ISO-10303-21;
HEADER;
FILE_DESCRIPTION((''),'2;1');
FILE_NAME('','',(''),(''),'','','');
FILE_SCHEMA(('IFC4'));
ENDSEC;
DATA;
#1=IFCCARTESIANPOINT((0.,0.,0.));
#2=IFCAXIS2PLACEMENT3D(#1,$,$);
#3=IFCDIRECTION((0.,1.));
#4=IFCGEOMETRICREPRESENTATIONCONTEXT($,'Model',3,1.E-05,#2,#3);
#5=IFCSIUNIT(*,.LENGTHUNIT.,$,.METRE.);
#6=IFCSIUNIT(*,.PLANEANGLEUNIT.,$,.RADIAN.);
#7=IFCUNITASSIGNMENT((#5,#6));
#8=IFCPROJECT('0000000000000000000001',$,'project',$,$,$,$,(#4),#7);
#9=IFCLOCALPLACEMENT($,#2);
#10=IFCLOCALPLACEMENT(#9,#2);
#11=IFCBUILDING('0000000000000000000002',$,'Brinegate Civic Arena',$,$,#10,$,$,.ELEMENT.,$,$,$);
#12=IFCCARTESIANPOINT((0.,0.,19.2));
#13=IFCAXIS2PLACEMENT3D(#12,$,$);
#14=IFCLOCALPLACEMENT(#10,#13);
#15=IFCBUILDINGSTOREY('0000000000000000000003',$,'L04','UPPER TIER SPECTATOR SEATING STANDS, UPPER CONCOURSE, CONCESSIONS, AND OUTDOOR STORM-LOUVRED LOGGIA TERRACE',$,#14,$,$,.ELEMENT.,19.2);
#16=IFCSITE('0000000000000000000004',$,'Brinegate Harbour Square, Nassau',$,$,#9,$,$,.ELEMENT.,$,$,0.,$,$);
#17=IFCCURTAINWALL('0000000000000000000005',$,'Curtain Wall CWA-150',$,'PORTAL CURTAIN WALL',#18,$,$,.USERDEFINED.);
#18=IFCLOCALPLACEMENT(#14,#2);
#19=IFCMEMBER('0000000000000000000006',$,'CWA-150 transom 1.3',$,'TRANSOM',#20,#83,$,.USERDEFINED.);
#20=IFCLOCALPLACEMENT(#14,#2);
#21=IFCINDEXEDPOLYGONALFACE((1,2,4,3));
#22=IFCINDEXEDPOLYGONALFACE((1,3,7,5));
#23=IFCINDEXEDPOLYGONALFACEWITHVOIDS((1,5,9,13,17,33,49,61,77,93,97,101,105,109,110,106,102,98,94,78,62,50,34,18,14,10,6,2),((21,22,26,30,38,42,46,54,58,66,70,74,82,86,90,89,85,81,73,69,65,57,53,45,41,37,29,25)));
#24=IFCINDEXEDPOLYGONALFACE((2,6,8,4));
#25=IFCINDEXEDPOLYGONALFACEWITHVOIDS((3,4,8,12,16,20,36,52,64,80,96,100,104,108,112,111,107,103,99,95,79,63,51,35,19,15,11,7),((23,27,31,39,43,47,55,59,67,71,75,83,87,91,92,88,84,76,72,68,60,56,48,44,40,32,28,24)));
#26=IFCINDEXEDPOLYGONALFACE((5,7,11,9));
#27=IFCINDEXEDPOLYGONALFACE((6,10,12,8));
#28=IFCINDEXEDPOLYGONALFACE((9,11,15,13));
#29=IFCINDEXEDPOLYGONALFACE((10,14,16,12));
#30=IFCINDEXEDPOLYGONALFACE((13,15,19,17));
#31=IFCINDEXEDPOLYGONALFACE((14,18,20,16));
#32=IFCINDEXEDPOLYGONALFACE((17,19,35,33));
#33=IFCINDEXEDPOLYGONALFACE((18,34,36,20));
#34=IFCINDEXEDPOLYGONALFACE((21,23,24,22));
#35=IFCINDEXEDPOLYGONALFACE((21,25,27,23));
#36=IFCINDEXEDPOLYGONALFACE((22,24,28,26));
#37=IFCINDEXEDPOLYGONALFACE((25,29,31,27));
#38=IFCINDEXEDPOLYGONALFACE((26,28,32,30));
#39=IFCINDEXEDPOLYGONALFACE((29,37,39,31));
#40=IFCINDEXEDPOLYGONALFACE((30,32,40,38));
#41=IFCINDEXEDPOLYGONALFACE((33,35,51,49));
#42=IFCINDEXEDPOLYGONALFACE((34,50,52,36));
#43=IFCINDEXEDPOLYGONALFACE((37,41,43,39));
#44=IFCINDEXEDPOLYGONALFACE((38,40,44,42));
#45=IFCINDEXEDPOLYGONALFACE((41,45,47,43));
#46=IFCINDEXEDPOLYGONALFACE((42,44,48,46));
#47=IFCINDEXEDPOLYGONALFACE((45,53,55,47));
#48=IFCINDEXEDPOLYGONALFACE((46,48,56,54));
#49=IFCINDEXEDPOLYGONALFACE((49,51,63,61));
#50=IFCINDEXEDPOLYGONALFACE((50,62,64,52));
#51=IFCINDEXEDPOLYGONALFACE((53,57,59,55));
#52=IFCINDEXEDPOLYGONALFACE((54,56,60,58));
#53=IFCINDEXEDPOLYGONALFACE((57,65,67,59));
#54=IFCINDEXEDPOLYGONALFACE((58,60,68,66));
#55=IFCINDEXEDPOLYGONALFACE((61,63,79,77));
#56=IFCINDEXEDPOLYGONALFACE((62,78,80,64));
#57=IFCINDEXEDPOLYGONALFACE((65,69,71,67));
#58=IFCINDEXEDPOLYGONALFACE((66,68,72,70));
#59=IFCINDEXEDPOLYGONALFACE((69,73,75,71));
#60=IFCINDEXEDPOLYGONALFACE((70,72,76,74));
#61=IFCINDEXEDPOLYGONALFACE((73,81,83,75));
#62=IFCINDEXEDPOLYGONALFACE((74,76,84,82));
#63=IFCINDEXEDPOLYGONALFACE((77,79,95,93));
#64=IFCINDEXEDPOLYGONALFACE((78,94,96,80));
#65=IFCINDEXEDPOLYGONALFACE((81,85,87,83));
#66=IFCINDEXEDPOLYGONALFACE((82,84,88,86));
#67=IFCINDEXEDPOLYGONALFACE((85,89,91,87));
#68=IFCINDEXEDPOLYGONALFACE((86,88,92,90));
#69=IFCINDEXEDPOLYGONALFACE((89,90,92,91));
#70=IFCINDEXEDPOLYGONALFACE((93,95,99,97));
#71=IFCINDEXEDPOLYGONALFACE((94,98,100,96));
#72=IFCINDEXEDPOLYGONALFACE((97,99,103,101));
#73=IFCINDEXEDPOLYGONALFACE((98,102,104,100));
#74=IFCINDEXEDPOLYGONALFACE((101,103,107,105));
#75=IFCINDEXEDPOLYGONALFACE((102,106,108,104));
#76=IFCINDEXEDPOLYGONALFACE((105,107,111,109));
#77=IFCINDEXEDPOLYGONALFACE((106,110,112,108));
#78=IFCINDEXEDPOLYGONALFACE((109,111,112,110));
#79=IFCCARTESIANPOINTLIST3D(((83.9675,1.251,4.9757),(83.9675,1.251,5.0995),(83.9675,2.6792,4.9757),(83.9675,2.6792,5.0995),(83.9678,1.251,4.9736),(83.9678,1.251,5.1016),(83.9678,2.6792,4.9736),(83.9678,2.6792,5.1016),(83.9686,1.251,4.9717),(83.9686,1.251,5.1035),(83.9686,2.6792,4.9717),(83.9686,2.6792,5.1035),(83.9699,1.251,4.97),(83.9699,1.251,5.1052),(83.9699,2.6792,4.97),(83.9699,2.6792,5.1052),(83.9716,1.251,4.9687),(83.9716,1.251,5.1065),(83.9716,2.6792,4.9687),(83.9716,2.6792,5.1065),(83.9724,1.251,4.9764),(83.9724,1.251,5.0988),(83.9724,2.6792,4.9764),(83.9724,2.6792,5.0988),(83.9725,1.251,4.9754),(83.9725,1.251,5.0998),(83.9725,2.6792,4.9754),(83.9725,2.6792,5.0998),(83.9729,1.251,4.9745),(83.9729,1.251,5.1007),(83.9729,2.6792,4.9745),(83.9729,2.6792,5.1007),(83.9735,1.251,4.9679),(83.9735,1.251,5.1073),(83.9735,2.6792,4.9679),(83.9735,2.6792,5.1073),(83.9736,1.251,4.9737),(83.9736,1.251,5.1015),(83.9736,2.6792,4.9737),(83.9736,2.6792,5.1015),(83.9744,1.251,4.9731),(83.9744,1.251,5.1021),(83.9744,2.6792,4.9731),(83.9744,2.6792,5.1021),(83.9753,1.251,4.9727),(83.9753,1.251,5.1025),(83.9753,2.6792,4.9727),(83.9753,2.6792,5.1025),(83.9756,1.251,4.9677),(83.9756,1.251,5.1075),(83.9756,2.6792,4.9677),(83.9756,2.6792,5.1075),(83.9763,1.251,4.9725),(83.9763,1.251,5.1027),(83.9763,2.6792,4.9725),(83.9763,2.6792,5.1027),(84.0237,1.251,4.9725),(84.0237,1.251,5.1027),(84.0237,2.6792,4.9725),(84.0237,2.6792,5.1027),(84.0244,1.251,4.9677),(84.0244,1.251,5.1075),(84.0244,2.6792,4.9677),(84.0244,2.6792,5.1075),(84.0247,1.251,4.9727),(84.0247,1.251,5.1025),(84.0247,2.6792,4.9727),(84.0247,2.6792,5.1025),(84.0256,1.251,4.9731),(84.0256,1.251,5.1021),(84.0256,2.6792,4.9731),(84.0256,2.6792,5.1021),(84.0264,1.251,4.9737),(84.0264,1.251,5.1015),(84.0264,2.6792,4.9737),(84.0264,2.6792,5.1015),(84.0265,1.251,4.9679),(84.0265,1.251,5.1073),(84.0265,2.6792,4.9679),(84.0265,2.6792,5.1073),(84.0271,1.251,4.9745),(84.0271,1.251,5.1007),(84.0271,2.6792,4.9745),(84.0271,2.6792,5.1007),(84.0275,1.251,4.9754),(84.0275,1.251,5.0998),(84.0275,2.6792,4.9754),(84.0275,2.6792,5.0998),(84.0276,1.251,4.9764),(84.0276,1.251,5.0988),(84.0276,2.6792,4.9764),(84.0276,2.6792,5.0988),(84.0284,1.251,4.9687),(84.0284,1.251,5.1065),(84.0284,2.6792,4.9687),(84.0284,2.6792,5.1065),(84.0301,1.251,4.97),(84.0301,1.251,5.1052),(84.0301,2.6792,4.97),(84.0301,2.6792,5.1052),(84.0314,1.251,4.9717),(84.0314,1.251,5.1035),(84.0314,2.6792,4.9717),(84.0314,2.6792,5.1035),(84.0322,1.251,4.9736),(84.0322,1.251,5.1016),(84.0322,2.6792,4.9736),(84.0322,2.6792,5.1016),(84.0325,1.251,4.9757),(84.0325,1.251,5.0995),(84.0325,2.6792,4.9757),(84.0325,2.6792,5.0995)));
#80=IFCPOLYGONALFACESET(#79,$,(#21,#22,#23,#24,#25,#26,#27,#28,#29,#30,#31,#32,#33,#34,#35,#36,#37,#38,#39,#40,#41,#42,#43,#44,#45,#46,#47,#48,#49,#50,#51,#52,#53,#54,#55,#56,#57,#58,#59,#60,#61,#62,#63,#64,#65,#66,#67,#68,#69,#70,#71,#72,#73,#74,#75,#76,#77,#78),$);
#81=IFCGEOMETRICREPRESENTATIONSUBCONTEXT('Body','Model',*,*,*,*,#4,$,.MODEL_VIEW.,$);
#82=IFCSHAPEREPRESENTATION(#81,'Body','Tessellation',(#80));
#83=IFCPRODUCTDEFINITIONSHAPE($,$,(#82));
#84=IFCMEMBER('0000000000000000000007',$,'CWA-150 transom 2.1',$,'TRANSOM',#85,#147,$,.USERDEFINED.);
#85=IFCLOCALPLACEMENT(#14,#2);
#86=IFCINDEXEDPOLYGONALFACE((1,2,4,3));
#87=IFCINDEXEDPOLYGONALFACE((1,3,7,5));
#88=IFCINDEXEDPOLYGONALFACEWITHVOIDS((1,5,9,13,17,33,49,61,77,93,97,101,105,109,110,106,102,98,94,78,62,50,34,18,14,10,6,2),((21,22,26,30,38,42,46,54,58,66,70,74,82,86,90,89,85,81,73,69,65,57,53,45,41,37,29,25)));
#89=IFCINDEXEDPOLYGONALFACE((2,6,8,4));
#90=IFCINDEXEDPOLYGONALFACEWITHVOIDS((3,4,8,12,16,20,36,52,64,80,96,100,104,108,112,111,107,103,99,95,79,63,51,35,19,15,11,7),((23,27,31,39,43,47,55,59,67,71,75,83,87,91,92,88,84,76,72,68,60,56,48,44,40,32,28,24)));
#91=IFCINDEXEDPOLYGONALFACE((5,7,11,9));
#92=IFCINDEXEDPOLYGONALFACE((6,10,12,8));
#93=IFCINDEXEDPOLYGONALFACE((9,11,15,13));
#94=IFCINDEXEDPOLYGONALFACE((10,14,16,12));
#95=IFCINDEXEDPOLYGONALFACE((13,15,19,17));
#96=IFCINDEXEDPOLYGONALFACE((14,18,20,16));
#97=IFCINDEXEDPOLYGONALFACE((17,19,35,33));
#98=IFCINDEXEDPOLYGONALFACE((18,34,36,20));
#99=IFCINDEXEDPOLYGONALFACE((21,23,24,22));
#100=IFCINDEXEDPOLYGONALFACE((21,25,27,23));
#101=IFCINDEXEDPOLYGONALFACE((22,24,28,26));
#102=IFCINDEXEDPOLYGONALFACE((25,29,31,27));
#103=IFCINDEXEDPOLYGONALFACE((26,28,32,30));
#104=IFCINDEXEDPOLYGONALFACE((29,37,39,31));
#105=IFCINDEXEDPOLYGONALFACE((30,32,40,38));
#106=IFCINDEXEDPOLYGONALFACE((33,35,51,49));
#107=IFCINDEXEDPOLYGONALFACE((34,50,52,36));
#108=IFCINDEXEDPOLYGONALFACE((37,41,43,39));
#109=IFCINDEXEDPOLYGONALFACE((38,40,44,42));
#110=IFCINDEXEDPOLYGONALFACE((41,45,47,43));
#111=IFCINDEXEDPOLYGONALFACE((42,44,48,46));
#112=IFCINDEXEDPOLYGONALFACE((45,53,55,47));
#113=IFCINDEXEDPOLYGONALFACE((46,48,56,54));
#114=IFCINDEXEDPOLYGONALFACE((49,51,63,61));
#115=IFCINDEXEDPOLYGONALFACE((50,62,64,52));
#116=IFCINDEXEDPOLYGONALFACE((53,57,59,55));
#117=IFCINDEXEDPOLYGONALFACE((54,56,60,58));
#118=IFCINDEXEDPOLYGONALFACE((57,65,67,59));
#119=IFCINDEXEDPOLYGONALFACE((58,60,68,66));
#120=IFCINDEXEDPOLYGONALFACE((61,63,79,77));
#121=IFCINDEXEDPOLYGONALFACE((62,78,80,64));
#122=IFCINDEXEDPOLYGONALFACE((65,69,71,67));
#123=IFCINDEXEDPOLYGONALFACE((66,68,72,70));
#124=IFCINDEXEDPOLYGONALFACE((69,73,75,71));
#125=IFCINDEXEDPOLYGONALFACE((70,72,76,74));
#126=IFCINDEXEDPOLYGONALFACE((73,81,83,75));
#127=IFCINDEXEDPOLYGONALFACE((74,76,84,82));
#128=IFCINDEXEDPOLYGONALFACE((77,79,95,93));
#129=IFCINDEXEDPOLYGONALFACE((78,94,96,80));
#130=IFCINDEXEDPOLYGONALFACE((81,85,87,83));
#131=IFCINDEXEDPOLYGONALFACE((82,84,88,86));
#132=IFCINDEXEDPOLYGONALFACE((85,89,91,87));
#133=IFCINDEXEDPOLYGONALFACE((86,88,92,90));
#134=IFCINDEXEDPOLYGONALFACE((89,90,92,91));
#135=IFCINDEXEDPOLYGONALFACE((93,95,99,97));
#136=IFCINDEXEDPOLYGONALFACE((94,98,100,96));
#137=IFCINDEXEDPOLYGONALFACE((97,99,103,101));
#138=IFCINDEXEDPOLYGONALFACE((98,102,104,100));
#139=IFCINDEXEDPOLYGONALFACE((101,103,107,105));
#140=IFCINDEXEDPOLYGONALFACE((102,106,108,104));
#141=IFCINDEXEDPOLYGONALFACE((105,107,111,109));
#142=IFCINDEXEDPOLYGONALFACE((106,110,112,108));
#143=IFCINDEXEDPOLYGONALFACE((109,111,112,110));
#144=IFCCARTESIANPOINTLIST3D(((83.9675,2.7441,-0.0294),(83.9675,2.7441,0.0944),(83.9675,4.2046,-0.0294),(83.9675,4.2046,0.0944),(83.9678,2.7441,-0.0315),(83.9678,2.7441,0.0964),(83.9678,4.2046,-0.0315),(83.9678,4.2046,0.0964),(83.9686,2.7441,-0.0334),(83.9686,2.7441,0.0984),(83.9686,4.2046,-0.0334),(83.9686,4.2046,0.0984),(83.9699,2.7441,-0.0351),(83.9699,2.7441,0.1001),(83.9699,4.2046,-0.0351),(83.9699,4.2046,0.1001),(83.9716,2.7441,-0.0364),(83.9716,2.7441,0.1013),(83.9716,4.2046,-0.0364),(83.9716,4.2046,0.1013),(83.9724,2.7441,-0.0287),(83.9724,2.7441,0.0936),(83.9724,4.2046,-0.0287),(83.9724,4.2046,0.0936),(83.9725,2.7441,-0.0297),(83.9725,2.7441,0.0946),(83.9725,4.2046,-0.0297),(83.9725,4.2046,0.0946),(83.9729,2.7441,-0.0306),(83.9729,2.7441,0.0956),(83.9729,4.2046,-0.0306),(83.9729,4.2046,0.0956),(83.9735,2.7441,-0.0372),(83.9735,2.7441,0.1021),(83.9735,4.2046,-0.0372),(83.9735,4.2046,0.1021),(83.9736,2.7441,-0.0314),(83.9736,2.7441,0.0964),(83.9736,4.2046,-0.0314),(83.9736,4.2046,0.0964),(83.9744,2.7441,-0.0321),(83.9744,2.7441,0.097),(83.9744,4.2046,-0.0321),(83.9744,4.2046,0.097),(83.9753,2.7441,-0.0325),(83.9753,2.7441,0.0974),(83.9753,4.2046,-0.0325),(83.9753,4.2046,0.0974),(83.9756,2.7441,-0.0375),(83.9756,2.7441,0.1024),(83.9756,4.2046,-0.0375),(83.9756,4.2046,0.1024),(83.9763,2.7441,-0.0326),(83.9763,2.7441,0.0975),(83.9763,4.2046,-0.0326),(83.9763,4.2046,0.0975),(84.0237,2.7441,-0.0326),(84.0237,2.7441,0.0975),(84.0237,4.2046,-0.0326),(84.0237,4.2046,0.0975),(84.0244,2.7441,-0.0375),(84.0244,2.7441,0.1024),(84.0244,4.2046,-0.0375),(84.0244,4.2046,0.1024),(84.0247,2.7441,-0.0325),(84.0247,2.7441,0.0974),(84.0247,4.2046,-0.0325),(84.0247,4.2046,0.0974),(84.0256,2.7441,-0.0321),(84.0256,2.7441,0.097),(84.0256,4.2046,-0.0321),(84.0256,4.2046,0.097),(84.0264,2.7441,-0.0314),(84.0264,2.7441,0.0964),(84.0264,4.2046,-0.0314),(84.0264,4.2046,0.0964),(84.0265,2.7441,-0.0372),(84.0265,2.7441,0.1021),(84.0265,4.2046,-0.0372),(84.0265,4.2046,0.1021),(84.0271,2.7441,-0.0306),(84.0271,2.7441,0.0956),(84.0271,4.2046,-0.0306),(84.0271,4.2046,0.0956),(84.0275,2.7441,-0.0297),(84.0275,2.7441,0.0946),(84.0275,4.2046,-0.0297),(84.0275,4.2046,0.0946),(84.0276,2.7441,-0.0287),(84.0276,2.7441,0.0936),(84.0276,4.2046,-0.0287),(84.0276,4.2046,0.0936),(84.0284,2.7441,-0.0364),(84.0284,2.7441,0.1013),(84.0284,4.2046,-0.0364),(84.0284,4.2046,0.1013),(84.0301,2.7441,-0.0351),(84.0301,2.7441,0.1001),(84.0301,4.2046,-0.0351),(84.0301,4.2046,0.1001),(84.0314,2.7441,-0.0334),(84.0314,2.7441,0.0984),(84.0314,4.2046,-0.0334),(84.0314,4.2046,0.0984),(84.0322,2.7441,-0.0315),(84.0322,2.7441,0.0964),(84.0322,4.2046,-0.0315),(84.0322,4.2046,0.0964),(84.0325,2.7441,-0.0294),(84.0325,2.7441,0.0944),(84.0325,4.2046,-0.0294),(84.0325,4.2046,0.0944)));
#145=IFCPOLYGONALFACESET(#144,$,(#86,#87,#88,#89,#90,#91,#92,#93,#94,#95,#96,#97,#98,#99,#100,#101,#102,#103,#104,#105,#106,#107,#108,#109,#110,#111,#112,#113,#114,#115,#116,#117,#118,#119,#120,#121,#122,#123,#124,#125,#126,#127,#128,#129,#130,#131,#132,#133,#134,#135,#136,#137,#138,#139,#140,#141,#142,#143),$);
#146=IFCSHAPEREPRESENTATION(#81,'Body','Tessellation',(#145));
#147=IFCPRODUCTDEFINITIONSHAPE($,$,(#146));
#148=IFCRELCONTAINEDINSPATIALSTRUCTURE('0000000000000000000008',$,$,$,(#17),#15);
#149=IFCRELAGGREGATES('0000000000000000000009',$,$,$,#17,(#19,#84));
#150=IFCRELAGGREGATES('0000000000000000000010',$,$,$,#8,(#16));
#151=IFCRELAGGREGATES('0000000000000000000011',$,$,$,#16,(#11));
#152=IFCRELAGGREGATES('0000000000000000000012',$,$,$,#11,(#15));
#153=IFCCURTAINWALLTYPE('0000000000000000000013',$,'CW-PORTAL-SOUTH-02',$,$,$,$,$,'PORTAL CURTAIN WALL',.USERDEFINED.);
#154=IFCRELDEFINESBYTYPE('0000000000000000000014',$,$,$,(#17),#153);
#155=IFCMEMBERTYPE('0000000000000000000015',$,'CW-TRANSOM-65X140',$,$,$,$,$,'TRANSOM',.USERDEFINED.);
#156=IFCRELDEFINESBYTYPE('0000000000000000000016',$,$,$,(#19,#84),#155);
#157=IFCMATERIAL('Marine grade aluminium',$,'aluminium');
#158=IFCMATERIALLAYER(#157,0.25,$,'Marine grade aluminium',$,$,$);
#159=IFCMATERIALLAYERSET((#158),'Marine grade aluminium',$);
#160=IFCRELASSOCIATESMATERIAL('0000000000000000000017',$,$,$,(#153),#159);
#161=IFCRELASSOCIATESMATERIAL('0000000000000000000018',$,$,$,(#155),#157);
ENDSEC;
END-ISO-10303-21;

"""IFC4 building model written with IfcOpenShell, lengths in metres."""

from ifc_helpers import new_model, si_unit, direction, frame, origin, origin_2d, place, context, subcontext, project, spatial, hollow_rectangle, extrude, material, layer, layer_set, material_profile, profile_set, type_object, element, aggregate, save


model = new_model("IFC4")

# Units and contexts
model_context = context("Model", 3, precision=1e-05, world=origin(), true_north=direction((0.0, 1.0)))
body_context = subcontext(model_context, "Body", "Model", "MODEL_VIEW")
ifc_project = project(units=[si_unit("LENGTHUNIT", "METRE"), si_unit("PLANEANGLEUNIT", "RADIAN")], contexts=[model_context])

# Site, building, storey
site_placement = place(None, origin())
site = spatial("IfcSite", under=ifc_project, at=site_placement, Name="Brinegate Harbour Square, Nassau", CompositionType="ELEMENT", RefElevation=0.0)
building_placement = place(site_placement, origin())
building = spatial("IfcBuilding", under=site, at=building_placement, Name="Brinegate Civic Arena", CompositionType="ELEMENT")
storey_placement = place(building_placement, frame((0.0, 0.0, 19.2)))
storey = spatial("IfcBuildingStorey", under=building, at=storey_placement, Name="L04", Description="UPPER TIER SPECTATOR SEATING STANDS, UPPER CONCOURSE, CONCESSIONS, AND OUTDOOR STORM-LOUVRED LOGGIA TERRACE", CompositionType="ELEMENT", Elevation=19.2)

# Curtain wall, members
ifc_material_1 = material(Name="Marine grade aluminium", Category="aluminium")
ifc_layer_1 = layer(ifc_material_1, 0.25, Name="Marine grade aluminium")
ifc_layer_set_1 = layer_set([ifc_layer_1], Name="Marine grade aluminium")
curtain_wall_type = type_object("IfcCurtainWallType", Name="CW-PORTAL-SOUTH-02", ElementType="PORTAL CURTAIN WALL", PredefinedType="USERDEFINED", material=ifc_layer_set_1)
curtain_wall_placement = place(storey_placement, origin())
curtain_wall = element("IfcCurtainWall", 1, at=curtain_wall_placement, inside=storey, type_object=curtain_wall_type, Name="Curtain Wall CWA-150", ObjectType="PORTAL CURTAIN WALL", PredefinedType="USERDEFINED")
ifc_material_profile_1 = material_profile(ifc_material_1, hollow_rectangle(XDim=0.0649, YDim=0.1399, WallThickness=0.0049, InnerFilletRadius=0.0039, OuterFilletRadius=0.0081, at=origin_2d()), Name="TRN65X140")
ifc_profile_set_1 = profile_set([ifc_material_profile_1], Name="Marine grade aluminium")
member_type_1 = type_object("IfcMemberType", Name="CW-TRANSOM-65X140", ElementType="TRANSOM", PredefinedType="USERDEFINED", material=ifc_profile_set_1)
member_1_placement = place(storey_placement, frame((84.0, 1.251, 5.0376), z_axis=(0.0, 1.0, 0.0), x_axis=(-1.0, 0.0, 0.0)))
member_1 = element("IfcMember", 2, at=member_1_placement, type_object=member_type_1, Name="CWA-150 transom 1.3", ObjectType="TRANSOM", PredefinedType="USERDEFINED", context=body_context, shape_type="SweptSolid", body=[
    extrude(hollow_rectangle(XDim=0.0649, YDim=0.1399, WallThickness=0.0049, InnerFilletRadius=0.0039, OuterFilletRadius=0.0081, at=origin_2d()), origin(), (0.0, 0.0, 1.0), 1.4282),
])
member_2_placement = place(storey_placement, frame((84.0, 2.7441, 0.0325), z_axis=(0.0, 1.0, 0.0), x_axis=(-1.0, 0.0, 0.0)))
member_2 = element("IfcMember", 3, at=member_2_placement, type_object=member_type_1, Name="CWA-150 transom 2.1", ObjectType="TRANSOM", PredefinedType="USERDEFINED", context=body_context, shape_type="SweptSolid", body=[
    extrude(hollow_rectangle(XDim=0.0649, YDim=0.1399, WallThickness=0.0049, InnerFilletRadius=0.0039, OuterFilletRadius=0.0081, at=origin_2d()), origin(), (0.0, 0.0, 1.0), 1.4604),
])

aggregate(curtain_wall, [member_1, member_2])

save(model, "model.ifc")
